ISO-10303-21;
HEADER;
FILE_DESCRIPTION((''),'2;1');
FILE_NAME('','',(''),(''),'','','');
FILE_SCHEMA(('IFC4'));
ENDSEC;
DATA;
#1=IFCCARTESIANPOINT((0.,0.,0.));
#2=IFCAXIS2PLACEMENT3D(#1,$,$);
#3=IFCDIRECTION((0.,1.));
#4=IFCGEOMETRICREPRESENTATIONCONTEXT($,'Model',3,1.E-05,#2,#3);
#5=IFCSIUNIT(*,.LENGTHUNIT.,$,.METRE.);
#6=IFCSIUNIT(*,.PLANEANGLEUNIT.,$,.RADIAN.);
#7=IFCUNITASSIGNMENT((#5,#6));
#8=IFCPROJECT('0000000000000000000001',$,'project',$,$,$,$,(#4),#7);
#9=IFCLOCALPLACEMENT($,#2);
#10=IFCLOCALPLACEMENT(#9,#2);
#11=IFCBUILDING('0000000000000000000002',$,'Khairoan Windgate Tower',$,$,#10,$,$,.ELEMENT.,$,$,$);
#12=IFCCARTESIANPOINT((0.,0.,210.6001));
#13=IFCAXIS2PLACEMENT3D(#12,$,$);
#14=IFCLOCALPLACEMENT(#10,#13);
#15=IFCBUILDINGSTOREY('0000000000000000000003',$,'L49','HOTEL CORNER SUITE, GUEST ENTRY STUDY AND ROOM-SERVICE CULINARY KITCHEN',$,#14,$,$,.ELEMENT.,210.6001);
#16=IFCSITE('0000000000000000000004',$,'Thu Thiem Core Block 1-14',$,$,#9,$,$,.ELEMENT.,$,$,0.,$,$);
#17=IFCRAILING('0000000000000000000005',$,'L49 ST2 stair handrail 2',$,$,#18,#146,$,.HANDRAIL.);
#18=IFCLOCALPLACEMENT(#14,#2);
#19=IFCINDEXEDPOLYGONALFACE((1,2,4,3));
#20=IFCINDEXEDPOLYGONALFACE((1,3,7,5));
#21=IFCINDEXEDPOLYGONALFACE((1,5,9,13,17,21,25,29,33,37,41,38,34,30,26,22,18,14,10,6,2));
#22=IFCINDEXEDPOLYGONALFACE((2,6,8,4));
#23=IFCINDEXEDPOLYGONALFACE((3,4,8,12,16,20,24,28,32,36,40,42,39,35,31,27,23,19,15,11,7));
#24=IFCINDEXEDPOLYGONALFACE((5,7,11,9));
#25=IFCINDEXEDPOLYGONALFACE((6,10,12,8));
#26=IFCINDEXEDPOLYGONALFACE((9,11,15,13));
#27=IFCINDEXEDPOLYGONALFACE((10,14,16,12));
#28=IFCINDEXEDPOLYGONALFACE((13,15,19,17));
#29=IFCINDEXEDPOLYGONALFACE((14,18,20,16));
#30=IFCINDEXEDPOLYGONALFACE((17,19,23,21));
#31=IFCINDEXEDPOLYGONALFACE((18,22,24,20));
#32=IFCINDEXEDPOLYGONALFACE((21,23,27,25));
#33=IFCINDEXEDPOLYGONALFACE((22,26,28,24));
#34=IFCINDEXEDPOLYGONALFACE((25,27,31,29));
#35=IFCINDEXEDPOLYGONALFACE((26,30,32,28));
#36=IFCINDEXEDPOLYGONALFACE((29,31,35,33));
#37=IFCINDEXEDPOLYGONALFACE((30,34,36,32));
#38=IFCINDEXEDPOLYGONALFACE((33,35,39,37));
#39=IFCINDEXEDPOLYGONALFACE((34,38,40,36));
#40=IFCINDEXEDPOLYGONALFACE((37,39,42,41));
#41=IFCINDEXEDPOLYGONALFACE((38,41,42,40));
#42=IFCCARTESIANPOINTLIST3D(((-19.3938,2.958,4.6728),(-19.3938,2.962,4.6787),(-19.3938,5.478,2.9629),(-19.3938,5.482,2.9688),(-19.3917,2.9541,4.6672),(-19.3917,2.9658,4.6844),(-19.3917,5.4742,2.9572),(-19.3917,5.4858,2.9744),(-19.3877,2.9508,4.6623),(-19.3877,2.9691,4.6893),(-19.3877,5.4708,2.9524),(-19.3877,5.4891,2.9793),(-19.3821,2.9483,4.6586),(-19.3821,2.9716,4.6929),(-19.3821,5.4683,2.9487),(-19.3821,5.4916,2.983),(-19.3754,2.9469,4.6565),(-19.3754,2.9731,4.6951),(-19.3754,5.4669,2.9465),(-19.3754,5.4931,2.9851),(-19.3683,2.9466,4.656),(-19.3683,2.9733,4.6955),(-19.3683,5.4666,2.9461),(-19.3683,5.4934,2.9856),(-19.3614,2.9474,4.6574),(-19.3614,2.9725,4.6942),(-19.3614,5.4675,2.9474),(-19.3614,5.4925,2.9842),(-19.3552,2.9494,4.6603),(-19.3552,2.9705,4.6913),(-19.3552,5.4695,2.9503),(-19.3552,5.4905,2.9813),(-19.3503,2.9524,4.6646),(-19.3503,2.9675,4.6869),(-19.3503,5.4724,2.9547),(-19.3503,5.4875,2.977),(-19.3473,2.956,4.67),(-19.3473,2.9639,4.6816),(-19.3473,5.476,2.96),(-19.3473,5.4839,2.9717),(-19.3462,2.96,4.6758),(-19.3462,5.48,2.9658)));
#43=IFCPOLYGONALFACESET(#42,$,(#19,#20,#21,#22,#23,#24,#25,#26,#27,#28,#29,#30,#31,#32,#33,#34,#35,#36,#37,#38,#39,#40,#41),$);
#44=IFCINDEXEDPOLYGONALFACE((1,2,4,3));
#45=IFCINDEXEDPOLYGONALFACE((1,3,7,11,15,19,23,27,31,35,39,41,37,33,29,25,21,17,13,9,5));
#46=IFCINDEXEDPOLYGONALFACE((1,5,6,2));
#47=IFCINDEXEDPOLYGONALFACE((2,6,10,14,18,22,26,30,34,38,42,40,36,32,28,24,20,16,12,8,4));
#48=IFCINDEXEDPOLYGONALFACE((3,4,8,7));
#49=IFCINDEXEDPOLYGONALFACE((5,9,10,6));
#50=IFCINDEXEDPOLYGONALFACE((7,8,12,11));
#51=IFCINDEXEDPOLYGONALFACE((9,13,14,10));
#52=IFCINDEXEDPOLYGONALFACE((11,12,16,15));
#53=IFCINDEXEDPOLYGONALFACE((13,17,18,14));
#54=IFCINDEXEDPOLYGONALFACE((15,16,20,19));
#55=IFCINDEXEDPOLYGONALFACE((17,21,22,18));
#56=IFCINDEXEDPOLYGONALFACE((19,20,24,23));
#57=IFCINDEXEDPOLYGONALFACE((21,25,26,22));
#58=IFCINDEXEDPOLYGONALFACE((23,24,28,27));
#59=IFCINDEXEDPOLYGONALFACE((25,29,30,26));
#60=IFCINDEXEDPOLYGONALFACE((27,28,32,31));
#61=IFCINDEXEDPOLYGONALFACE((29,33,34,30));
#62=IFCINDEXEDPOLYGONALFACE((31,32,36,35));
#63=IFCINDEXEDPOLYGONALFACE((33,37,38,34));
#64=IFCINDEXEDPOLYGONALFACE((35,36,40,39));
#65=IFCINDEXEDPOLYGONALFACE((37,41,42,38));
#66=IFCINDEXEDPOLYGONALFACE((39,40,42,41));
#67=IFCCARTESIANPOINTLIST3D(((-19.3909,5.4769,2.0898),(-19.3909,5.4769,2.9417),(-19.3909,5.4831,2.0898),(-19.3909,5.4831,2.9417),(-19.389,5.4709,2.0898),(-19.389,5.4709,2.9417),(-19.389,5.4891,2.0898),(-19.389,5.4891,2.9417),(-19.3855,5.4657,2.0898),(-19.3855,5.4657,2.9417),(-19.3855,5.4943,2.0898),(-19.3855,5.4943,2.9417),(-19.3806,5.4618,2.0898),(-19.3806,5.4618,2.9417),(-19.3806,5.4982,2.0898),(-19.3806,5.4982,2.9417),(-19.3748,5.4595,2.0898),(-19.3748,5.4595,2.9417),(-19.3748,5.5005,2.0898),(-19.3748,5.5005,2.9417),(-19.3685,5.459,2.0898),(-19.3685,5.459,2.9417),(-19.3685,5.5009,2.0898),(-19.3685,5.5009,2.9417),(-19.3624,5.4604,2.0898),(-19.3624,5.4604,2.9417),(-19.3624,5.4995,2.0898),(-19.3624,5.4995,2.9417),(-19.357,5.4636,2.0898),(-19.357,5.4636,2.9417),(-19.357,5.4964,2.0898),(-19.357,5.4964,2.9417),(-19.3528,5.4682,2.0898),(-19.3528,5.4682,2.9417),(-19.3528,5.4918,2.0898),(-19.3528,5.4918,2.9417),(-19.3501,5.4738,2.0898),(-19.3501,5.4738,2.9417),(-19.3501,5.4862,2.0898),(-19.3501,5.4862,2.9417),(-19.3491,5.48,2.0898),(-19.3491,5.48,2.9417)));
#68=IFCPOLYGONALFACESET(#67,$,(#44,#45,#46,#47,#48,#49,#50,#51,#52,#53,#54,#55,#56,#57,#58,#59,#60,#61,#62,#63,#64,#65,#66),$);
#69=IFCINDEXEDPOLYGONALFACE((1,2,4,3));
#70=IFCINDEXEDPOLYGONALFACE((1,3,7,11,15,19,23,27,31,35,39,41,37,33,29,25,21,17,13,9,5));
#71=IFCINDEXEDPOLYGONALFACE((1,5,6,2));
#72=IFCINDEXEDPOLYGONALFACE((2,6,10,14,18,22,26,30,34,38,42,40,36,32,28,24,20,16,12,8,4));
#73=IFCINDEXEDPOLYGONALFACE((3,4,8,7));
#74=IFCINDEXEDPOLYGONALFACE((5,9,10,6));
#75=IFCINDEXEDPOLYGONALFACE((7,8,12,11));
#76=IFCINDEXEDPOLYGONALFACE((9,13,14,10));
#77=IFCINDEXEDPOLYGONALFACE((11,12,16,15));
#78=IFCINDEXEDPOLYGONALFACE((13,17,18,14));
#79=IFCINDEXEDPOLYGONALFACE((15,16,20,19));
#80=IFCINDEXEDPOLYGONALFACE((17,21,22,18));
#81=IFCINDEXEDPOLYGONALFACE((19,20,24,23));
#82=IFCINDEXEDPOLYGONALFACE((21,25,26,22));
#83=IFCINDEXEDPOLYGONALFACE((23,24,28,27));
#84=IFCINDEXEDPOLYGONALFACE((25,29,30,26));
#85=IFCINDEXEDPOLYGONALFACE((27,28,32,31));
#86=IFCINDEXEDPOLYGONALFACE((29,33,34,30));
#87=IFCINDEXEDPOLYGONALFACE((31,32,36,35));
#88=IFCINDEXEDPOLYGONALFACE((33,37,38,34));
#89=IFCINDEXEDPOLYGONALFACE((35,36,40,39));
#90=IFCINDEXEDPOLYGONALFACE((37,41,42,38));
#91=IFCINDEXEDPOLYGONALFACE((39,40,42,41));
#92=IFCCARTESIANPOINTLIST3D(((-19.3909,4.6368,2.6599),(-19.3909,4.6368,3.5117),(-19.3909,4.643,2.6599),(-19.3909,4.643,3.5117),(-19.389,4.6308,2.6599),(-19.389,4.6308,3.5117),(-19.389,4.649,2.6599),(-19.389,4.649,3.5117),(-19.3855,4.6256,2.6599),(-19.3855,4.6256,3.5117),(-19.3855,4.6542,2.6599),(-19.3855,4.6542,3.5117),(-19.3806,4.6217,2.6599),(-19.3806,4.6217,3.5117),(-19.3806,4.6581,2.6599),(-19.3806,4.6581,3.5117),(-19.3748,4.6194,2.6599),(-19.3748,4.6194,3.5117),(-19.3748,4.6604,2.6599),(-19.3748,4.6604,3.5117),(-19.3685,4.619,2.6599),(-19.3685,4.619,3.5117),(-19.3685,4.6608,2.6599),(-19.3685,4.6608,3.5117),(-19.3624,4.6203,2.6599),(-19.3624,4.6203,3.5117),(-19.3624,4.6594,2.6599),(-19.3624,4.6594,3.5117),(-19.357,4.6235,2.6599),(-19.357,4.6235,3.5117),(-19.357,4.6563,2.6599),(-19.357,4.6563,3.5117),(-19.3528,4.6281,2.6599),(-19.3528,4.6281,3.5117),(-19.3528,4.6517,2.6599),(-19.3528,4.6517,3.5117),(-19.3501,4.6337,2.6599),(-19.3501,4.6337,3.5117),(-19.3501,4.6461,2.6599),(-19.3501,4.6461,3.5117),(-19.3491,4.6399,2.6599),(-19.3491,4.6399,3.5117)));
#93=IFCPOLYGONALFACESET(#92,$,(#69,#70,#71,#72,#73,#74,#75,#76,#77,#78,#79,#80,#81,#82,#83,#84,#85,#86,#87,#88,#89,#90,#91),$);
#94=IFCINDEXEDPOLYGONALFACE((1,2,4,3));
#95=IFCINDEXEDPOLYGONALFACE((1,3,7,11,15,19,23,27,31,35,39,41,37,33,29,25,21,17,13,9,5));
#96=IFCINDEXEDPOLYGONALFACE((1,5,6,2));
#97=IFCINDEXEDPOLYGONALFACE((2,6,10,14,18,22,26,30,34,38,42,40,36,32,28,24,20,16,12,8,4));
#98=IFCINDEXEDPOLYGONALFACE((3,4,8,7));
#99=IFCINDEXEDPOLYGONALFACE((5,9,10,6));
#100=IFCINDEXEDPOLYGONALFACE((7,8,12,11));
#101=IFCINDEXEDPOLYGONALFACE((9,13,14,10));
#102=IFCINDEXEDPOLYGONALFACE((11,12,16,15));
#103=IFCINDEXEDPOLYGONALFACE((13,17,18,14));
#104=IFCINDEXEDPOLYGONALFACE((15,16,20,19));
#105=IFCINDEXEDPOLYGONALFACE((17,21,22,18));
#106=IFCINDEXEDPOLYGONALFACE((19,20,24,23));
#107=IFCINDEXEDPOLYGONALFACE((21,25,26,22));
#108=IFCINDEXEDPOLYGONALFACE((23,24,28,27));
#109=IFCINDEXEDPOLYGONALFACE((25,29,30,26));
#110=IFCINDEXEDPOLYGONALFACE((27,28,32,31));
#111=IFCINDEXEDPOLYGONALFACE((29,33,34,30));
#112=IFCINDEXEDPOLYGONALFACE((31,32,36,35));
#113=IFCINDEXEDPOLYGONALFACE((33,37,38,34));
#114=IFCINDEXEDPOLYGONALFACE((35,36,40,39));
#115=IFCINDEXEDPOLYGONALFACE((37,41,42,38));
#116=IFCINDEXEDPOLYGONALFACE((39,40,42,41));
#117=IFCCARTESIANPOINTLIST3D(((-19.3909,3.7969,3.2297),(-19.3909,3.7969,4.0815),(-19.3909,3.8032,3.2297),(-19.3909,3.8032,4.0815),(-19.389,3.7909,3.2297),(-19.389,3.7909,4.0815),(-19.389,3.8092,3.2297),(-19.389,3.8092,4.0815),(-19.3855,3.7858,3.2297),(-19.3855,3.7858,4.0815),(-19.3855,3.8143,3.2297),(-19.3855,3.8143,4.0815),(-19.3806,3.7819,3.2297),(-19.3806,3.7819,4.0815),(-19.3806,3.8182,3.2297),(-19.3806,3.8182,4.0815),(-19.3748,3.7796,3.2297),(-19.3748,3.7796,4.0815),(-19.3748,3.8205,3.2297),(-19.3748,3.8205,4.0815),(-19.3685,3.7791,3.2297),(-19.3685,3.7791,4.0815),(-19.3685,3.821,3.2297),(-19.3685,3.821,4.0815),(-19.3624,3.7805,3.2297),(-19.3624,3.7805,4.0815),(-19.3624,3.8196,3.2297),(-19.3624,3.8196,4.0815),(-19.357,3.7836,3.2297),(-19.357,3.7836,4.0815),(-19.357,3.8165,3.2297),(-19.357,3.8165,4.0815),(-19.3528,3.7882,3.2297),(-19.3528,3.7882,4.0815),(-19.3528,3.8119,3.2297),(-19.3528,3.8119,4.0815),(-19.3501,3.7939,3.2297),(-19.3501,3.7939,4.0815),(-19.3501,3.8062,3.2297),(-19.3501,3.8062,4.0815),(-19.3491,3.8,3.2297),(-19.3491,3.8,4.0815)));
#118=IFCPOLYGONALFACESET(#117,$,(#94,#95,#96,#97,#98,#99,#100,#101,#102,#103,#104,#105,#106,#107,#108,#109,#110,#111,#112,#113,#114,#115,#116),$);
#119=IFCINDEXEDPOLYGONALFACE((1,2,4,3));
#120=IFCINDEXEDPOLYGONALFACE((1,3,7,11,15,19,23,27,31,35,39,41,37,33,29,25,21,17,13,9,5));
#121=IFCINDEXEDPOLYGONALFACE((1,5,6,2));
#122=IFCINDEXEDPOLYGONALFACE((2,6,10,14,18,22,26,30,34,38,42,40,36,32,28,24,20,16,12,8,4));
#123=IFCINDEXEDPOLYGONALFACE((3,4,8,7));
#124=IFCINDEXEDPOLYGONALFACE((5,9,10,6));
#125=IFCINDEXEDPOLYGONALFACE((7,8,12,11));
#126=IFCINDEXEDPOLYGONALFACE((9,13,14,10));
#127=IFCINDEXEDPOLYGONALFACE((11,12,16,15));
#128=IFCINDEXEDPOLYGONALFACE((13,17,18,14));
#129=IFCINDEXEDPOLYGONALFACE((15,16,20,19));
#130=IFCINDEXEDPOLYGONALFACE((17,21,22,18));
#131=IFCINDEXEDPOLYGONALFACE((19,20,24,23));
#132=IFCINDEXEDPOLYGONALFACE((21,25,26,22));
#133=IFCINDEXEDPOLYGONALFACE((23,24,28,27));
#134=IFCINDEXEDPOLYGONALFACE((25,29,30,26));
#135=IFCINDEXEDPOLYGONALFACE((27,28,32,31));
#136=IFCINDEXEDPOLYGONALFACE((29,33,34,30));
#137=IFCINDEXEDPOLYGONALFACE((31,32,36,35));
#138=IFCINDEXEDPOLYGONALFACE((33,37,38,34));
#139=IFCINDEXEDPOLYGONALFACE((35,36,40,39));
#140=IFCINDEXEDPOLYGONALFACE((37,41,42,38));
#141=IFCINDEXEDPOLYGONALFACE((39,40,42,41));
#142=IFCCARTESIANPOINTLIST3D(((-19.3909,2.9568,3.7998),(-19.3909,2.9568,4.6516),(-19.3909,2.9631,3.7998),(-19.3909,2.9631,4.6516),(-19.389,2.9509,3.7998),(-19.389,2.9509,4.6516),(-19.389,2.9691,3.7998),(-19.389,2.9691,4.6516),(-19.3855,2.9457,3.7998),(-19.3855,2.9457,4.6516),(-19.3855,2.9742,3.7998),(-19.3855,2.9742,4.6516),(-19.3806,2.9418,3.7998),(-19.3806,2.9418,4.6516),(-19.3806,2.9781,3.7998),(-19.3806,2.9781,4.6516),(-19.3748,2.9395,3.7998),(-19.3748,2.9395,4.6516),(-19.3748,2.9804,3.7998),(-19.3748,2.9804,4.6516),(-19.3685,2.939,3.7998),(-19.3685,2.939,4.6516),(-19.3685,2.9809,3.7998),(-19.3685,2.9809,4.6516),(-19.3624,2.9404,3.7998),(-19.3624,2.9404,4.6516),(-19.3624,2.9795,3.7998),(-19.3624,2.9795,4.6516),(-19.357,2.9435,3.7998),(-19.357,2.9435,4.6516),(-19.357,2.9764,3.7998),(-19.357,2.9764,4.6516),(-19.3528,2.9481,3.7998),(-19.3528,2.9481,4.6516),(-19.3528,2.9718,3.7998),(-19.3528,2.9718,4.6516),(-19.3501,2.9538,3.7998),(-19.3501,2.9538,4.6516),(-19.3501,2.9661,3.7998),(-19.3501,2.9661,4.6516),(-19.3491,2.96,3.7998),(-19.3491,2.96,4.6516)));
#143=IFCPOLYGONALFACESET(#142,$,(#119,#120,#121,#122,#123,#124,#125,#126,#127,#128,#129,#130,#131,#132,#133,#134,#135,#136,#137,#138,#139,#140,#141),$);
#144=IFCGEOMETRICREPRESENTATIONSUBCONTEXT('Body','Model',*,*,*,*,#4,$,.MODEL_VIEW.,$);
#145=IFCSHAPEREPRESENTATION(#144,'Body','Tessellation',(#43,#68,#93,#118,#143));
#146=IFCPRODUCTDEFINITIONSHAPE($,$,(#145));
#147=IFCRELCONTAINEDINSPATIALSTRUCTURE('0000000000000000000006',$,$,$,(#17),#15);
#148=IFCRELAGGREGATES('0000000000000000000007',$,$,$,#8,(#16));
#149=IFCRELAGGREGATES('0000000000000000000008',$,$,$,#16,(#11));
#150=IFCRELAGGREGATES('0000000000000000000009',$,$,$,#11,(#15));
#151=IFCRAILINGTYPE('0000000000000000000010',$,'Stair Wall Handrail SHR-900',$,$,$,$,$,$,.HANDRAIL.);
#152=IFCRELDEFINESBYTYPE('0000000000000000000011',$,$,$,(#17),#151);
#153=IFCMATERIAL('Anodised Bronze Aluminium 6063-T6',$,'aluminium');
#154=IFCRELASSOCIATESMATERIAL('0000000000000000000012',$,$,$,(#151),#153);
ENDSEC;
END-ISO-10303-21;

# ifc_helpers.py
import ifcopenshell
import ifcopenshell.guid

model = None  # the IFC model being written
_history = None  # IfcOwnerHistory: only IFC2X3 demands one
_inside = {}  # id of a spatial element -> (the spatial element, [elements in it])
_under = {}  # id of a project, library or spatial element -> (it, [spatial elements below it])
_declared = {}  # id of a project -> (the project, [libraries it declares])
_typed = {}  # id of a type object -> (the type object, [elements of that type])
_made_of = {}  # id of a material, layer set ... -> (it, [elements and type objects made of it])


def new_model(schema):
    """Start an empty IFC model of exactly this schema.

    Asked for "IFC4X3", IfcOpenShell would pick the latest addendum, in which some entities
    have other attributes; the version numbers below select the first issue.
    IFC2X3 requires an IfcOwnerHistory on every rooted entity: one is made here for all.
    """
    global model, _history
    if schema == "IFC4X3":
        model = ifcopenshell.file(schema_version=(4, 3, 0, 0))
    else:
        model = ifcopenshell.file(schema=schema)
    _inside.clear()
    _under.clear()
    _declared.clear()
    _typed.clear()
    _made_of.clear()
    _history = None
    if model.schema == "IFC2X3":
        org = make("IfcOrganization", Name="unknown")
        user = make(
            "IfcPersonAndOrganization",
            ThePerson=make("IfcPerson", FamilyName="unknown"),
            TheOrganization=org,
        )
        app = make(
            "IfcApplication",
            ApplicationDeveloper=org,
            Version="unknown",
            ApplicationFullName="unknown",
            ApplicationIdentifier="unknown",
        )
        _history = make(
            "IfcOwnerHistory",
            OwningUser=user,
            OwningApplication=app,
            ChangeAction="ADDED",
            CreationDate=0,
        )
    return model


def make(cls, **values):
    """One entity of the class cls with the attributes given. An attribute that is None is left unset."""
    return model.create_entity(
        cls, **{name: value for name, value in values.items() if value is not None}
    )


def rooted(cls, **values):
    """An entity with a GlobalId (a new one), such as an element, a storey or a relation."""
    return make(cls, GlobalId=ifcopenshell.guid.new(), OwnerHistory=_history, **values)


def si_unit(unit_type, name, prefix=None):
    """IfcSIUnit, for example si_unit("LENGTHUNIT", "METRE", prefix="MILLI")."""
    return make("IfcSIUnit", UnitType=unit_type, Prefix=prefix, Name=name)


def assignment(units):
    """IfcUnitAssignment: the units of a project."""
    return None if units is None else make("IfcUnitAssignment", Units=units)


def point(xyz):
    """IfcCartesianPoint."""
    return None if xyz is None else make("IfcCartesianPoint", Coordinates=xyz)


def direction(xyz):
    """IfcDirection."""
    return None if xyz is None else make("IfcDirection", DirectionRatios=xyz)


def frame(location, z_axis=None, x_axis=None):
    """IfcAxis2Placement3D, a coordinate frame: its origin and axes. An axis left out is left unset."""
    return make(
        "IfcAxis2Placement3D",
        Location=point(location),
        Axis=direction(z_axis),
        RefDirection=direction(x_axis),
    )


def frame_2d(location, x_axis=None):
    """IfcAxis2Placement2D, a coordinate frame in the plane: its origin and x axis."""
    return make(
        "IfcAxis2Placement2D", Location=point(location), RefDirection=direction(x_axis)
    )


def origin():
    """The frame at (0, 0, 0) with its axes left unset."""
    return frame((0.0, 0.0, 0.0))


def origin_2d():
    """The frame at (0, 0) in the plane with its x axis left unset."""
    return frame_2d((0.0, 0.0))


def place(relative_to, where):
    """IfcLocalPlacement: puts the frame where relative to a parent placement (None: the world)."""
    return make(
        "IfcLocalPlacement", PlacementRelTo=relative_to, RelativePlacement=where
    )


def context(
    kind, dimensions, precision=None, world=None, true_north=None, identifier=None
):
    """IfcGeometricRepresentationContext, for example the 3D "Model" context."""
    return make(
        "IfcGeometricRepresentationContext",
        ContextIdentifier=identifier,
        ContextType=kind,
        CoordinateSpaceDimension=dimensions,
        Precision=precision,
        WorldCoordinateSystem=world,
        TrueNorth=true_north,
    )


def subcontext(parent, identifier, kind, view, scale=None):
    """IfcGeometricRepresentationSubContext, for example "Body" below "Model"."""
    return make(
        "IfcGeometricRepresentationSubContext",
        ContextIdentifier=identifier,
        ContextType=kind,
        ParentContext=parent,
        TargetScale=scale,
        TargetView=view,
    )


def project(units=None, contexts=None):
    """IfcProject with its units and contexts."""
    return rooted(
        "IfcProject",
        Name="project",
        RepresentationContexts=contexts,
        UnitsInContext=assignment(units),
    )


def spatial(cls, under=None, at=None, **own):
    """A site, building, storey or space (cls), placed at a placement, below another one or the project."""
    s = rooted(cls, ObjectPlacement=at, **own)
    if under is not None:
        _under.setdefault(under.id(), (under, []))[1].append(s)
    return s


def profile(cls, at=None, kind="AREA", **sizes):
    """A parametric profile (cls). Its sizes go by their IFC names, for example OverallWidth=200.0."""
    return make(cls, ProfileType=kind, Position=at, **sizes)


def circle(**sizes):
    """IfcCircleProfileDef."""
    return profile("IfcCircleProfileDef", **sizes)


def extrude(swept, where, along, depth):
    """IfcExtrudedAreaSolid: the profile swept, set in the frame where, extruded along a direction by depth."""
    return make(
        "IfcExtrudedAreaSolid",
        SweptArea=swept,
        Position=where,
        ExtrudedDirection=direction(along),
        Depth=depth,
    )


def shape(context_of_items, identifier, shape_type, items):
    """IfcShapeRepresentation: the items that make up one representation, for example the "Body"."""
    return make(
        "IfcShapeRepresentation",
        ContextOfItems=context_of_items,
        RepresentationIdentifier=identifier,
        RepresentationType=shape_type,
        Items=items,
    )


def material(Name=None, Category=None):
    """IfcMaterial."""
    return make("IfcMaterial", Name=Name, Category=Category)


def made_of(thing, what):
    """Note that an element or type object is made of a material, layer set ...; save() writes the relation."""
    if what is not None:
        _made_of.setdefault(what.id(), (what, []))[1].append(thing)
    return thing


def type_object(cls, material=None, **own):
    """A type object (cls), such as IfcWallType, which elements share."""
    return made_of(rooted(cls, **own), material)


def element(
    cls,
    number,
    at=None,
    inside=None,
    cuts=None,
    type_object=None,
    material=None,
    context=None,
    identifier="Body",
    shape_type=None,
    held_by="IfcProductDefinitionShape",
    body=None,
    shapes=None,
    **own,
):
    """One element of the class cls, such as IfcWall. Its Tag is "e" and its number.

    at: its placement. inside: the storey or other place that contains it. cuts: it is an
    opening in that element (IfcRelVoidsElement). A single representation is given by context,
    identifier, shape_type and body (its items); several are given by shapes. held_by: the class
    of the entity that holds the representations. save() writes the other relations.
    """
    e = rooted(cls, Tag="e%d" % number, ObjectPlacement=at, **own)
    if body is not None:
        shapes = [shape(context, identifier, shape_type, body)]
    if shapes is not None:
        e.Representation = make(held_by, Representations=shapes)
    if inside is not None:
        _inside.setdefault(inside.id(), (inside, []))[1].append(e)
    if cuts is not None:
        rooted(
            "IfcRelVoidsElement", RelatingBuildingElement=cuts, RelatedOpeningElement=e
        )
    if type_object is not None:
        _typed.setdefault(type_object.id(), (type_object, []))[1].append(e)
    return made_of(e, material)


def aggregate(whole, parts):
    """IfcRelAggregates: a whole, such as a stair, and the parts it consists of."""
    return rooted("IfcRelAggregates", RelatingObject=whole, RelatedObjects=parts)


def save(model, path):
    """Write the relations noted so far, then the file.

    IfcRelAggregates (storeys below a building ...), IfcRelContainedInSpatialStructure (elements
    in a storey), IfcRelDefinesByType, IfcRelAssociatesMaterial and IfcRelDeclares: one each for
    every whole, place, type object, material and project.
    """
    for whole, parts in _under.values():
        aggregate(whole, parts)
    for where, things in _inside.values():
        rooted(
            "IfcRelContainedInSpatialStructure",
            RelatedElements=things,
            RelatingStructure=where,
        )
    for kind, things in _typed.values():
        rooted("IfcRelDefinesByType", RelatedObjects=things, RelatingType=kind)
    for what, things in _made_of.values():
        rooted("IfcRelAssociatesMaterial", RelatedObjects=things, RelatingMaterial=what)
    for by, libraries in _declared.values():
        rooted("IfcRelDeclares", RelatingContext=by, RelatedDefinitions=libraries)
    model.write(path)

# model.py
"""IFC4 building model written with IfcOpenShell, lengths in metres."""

from ifc_helpers import new_model, si_unit, direction, frame, origin, origin_2d, place, context, subcontext, project, spatial, circle, extrude, material, type_object, element, save


model = new_model("IFC4")

# Units and contexts
model_context = context("Model", 3, precision=1e-05, world=origin(), true_north=direction((0.0, 1.0)))
body_context = subcontext(model_context, "Body", "Model", "MODEL_VIEW")
ifc_project = project(units=[si_unit("LENGTHUNIT", "METRE"), si_unit("PLANEANGLEUNIT", "RADIAN")], contexts=[model_context])

# Site, building, storey
site_placement = place(None, origin())
site = spatial("IfcSite", under=ifc_project, at=site_placement, Name="Thu Thiem Core Block 1-14", CompositionType="ELEMENT", RefElevation=0.0)
building_placement = place(site_placement, origin())
building = spatial("IfcBuilding", under=site, at=building_placement, Name="Khairoan Windgate Tower", CompositionType="ELEMENT")
storey_placement = place(building_placement, frame((0.0, 0.0, 210.6001)))
storey = spatial("IfcBuildingStorey", under=building, at=storey_placement, Name="L49", Description="HOTEL CORNER SUITE, GUEST ENTRY STUDY AND ROOM-SERVICE CULINARY KITCHEN", CompositionType="ELEMENT", Elevation=210.6001)

# Railing
ifc_material_1 = material(Name="Anodised Bronze Aluminium 6063-T6", Category="aluminium")
railing_type_1 = type_object("IfcRailingType", Name="Stair Wall Handrail SHR-900", PredefinedType="HANDRAIL", material=ifc_material_1)
railing_1_placement = place(storey_placement, frame((-19.3701, 5.48, 2.0898)))
element("IfcRailing", 1, at=railing_1_placement, inside=storey, type_object=railing_type_1, Name="L49 ST2 stair handrail 2", PredefinedType="HANDRAIL", context=body_context, shape_type="SweptSolid", body=[
    extrude(circle(Radius=0.0239, at=origin_2d()), frame((0.0, 0.0, 0.876), z_axis=(0.0, -0.827484, 0.56149), x_axis=(1.0, 0.0, 0.0)), (0.0, 0.0, 1.0), 3.0454),
    extrude(circle(Radius=0.021, at=origin_2d()), origin(), (0.0, 0.0, 1.0), 0.8518),
    extrude(circle(Radius=0.021, at=origin_2d()), frame((0.0, -0.8401, 0.5701)), (0.0, 0.0, 1.0), 0.8518),
    extrude(circle(Radius=0.021, at=origin_2d()), frame((0.0, -1.6799, 1.1399)), (0.0, 0.0, 1.0), 0.8518),
    extrude(circle(Radius=0.021, at=origin_2d()), frame((0.0, -2.52, 1.71)), (0.0, 0.0, 1.0), 0.8518),
])

save(model, "model.ifc")
